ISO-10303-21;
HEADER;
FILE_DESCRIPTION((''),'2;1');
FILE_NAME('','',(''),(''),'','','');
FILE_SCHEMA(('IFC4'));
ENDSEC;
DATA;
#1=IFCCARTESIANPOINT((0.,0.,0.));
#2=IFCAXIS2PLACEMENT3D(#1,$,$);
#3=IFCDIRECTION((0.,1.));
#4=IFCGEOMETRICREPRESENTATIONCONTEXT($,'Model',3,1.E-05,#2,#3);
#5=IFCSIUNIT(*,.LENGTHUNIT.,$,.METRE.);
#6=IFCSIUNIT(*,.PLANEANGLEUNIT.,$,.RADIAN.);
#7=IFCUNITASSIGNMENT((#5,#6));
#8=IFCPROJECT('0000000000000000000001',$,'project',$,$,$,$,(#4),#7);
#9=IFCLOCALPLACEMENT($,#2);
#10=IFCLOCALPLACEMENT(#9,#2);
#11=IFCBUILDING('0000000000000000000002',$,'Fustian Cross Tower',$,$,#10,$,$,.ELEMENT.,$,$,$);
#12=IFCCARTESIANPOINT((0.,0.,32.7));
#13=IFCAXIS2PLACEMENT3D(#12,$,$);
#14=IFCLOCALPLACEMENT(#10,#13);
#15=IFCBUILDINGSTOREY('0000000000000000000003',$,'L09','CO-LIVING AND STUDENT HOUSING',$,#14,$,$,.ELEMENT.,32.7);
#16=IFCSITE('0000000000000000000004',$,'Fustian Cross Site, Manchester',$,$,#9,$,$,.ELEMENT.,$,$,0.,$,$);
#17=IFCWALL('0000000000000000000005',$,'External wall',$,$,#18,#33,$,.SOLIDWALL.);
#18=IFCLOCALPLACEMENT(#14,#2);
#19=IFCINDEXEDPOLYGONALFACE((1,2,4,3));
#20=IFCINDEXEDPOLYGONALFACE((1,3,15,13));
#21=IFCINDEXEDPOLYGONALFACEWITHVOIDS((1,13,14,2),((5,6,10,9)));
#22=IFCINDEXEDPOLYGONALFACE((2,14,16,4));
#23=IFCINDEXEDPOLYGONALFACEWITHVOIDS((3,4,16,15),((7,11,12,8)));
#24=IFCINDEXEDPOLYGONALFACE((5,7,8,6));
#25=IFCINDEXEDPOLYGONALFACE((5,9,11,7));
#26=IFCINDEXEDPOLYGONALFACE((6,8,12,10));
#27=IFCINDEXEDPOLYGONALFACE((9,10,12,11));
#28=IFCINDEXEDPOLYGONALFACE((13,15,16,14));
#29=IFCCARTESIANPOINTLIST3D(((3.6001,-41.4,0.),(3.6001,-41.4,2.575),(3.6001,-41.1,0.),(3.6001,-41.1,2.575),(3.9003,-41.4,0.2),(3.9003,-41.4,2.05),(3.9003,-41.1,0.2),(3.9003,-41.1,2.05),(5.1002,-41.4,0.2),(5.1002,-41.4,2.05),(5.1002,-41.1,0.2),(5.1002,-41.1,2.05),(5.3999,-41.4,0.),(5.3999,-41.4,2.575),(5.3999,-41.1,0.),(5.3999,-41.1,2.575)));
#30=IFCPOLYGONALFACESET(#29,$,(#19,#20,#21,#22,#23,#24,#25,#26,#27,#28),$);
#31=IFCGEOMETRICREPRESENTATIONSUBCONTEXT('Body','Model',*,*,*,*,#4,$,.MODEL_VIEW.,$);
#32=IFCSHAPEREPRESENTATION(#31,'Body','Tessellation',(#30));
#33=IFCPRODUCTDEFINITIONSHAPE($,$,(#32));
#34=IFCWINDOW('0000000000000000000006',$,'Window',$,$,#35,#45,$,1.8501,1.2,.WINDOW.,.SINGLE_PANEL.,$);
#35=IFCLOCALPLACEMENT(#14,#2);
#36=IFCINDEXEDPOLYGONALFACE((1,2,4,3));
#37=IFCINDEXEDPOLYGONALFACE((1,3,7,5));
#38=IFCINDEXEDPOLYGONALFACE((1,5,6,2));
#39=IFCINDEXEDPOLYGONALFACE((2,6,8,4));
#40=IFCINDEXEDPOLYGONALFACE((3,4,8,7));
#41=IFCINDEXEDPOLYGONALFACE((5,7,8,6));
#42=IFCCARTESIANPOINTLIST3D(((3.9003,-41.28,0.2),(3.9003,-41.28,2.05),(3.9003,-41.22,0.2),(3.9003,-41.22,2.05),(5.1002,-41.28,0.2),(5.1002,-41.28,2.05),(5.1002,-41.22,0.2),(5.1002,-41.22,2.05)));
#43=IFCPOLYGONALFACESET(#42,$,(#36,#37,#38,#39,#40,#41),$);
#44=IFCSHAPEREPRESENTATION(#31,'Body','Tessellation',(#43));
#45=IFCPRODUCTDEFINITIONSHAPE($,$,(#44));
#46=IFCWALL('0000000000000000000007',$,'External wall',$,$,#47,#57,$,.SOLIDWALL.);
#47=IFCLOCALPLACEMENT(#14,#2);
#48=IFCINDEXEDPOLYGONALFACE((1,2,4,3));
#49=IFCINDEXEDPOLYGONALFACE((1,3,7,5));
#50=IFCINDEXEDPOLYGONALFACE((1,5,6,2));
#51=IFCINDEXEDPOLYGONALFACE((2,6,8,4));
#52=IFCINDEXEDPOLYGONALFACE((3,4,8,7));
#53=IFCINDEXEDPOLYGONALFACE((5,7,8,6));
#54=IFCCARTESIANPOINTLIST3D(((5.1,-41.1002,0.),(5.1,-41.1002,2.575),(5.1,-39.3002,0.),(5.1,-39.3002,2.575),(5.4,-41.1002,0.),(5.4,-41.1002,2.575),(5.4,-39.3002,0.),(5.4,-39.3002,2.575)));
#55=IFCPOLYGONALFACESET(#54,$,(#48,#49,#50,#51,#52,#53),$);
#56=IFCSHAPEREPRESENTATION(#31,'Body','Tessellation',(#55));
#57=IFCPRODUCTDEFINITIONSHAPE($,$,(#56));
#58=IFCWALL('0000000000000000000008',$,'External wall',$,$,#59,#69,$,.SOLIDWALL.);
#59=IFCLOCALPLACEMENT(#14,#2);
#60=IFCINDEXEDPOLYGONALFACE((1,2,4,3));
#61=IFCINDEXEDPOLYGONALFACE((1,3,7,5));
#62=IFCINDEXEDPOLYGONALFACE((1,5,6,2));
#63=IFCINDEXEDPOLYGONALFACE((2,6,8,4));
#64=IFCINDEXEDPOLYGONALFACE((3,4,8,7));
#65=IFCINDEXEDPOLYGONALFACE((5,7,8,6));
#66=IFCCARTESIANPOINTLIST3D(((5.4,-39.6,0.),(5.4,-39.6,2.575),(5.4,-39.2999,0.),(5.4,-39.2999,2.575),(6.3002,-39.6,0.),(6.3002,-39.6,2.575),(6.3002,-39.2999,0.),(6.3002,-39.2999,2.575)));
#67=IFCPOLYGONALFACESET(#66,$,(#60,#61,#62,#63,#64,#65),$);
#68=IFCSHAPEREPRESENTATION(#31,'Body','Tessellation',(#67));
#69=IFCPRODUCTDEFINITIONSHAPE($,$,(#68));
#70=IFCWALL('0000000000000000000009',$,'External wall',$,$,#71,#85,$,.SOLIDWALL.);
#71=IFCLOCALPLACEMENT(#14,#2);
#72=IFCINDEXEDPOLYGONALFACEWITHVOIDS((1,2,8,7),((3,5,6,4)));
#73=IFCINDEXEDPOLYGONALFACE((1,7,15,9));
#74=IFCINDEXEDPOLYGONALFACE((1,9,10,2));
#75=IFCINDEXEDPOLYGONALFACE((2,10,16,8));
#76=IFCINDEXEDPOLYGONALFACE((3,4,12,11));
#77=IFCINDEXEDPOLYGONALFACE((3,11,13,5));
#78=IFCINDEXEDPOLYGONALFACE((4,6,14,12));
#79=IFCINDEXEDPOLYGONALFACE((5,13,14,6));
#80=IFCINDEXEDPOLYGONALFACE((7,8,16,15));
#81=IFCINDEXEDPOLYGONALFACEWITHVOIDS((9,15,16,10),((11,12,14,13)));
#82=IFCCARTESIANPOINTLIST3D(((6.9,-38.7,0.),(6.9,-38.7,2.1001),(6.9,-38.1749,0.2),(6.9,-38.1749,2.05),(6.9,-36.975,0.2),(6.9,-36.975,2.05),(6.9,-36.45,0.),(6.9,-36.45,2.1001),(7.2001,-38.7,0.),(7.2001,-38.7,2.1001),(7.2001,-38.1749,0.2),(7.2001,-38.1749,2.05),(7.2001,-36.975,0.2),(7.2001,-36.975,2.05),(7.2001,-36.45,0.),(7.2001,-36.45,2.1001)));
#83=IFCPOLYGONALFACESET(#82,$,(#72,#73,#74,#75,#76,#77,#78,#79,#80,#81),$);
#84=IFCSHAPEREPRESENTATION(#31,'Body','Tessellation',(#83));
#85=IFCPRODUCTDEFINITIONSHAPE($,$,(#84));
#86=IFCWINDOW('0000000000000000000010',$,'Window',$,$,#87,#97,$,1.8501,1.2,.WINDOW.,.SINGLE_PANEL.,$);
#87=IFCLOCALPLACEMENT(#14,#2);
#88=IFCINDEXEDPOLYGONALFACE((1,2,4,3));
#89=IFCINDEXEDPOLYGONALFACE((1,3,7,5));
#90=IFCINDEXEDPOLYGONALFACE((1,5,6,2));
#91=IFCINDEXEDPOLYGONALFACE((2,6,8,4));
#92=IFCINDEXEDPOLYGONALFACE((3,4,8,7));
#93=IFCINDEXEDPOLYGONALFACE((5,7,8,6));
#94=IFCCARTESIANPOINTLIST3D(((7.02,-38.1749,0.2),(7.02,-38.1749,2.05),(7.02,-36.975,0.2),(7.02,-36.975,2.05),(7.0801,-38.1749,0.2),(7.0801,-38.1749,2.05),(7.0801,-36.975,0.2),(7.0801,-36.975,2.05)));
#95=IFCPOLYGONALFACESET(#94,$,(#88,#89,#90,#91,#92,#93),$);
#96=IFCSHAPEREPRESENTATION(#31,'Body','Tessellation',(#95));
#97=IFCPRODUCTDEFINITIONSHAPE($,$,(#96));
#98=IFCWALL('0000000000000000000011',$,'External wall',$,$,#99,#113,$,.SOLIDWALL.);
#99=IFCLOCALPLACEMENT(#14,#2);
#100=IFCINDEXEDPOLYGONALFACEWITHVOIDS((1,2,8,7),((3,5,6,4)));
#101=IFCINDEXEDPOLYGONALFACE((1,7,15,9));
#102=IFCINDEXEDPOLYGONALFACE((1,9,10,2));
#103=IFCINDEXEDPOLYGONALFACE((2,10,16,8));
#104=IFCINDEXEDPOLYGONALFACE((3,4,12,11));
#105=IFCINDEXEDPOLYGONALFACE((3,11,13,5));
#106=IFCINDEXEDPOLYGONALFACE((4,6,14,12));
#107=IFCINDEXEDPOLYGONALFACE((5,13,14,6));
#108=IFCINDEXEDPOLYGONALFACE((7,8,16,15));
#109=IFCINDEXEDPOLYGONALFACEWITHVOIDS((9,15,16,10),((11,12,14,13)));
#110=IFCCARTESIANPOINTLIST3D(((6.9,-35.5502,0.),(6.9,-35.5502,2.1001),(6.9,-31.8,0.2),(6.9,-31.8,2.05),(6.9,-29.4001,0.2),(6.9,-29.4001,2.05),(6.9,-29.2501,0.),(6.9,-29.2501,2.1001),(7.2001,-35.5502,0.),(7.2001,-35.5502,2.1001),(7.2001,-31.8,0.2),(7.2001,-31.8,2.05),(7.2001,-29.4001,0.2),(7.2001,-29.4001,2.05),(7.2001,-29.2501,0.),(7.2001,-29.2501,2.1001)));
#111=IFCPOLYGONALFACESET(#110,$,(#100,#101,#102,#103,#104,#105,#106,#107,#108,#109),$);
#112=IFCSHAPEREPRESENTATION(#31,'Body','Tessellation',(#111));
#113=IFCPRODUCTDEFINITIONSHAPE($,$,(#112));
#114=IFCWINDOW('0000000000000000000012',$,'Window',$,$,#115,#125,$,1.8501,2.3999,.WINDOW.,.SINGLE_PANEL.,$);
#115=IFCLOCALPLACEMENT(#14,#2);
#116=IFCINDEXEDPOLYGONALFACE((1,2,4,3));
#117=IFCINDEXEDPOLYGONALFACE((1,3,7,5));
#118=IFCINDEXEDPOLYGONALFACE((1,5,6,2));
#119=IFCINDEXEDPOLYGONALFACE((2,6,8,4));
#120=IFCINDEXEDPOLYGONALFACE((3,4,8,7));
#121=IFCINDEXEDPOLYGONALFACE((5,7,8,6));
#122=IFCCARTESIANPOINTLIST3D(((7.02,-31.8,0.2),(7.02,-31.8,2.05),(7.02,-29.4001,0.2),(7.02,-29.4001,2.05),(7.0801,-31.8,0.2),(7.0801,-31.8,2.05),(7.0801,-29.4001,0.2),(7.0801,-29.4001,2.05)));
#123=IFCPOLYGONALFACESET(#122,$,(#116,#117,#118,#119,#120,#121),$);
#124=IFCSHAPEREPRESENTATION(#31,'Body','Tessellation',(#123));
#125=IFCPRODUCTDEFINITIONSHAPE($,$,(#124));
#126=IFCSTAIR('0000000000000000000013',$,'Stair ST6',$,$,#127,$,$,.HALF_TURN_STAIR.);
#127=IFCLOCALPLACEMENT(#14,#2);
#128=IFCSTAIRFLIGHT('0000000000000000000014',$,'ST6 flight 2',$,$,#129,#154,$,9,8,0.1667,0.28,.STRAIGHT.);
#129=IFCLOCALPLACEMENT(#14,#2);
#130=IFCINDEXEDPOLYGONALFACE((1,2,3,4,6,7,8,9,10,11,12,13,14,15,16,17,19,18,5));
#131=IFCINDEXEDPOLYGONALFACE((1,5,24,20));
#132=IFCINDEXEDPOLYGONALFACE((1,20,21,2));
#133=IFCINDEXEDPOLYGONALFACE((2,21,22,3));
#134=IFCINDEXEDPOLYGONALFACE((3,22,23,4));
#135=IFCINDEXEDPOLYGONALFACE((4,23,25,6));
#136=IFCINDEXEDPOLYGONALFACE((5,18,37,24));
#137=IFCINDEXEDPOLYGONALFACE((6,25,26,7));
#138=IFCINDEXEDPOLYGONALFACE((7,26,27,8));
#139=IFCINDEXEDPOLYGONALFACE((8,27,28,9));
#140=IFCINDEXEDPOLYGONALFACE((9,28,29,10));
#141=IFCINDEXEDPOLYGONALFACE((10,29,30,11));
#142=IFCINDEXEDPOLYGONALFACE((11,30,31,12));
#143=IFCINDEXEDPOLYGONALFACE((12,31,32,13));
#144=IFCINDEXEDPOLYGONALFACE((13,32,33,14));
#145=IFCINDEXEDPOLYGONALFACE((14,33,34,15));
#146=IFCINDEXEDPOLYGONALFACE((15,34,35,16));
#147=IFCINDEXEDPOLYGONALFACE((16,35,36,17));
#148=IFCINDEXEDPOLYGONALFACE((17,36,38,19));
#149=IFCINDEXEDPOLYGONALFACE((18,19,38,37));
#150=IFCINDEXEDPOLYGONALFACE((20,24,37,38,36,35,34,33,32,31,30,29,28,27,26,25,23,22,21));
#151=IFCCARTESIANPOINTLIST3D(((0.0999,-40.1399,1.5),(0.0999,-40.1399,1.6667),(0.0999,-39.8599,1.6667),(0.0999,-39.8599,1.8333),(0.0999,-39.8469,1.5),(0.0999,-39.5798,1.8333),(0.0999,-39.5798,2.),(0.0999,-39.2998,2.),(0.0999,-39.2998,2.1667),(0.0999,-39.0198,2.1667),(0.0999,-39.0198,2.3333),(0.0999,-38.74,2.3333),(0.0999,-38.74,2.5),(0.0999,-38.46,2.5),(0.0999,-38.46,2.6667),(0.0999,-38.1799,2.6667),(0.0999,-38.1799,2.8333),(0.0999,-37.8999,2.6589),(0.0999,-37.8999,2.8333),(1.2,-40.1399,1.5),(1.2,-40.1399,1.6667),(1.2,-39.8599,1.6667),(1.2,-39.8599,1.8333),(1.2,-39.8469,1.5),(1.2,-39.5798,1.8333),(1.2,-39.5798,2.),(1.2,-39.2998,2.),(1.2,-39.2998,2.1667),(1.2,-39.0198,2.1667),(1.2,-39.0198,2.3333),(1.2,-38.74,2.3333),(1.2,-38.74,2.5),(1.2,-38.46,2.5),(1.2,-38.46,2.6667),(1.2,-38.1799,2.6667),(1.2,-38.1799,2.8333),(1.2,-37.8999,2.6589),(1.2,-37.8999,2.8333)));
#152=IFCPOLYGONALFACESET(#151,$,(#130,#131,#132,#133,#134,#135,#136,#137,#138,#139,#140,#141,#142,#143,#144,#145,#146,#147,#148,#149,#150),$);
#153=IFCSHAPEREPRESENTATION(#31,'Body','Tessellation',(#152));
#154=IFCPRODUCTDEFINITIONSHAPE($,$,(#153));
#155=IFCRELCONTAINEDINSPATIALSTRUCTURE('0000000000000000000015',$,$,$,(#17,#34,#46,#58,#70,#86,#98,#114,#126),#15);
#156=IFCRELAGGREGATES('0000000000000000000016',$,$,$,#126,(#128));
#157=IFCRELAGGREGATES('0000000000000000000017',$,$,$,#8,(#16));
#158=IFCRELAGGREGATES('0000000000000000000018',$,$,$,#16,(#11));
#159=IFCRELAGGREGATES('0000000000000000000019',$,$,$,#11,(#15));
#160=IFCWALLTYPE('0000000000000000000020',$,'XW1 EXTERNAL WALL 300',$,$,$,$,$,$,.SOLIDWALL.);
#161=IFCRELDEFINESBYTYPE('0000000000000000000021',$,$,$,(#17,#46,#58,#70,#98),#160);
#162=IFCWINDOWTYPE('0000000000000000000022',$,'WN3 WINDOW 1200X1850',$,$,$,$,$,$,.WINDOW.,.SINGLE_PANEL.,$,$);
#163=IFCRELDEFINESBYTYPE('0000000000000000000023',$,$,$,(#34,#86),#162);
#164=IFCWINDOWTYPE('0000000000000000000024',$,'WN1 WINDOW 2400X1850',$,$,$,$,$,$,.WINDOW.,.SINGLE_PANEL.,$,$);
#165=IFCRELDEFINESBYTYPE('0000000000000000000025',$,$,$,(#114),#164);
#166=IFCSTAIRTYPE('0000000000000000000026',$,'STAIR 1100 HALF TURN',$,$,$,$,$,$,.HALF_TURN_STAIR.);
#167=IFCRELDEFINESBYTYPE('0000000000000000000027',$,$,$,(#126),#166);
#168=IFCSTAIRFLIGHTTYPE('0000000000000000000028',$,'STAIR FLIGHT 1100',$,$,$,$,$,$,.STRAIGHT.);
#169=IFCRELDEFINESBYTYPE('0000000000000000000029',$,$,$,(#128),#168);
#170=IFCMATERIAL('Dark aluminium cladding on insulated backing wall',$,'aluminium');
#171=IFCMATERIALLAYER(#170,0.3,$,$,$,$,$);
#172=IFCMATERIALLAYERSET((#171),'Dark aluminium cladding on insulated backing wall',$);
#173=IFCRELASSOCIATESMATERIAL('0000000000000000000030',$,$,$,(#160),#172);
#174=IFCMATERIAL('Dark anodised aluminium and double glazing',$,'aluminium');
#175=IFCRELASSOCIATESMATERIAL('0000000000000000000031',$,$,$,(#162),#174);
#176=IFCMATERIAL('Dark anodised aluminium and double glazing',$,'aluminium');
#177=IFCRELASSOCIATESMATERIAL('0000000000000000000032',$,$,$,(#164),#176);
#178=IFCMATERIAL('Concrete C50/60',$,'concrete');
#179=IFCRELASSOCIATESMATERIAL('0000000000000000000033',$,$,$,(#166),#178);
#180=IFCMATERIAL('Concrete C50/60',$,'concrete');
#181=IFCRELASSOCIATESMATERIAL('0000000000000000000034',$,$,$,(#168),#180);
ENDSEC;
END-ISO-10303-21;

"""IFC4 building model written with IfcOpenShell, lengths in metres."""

from ifc_helpers import new_model, si_unit, direction, frame, frame_2d, origin, place, context, subcontext, project, spatial, polyline, rectangle, outline, extrude, material, layer, layer_set, type_object, element, fill, aggregate, save


model = new_model("IFC4")

# Units and contexts
model_context = context("Model", 3, precision=1e-05, world=origin(), true_north=direction((0.0, 1.0)))
body_context = subcontext(model_context, "Body", "Model", "MODEL_VIEW")
ifc_project = project(units=[si_unit("LENGTHUNIT", "METRE"), si_unit("PLANEANGLEUNIT", "RADIAN")], contexts=[model_context])

# Site, building, storey
site_placement = place(None, origin())
site = spatial("IfcSite", under=ifc_project, at=site_placement, Name="Fustian Cross Site, Manchester", CompositionType="ELEMENT", RefElevation=0.0)
building_placement = place(site_placement, origin())
building = spatial("IfcBuilding", under=site, at=building_placement, Name="Fustian Cross Tower", CompositionType="ELEMENT")
storey_placement = place(building_placement, frame((0.0, 0.0, 32.7)))
storey = spatial("IfcBuildingStorey", under=building, at=storey_placement, Name="L09", Description="CO-LIVING AND STUDENT HOUSING", CompositionType="ELEMENT", Elevation=32.7)

# Shared definitions
ifc_material_1 = material(Name="Dark aluminium cladding on insulated backing wall", Category="aluminium")
ifc_layer_1 = layer(ifc_material_1, 0.3)
ifc_layer_set_1 = layer_set([ifc_layer_1], Name="Dark aluminium cladding on insulated backing wall")
wall_type_1 = type_object("IfcWallType", Name="XW1 EXTERNAL WALL 300", PredefinedType="SOLIDWALL", material=ifc_layer_set_1)

# Wall, opening, window
wall_1_placement = place(storey_placement, frame((3.6001, -41.25, 0.0), z_axis=(0.0, 0.0, 1.0), x_axis=(1.0, 0.0, 0.0)))
wall_1 = element("IfcWall", 1, at=wall_1_placement, inside=storey, type_object=wall_type_1, Name="External wall", PredefinedType="SOLIDWALL", context=body_context, shape_type="SweptSolid", body=[
    extrude(rectangle(XDim=1.7998, YDim=0.3, at=frame_2d((0.8999, 0.0))), origin(), (0.0, 0.0, 1.0), 2.575),
])
opening_1_placement = place(wall_1_placement, frame((0.3, 0.0, 0.2)))
opening_1 = element("IfcOpeningElement", 2, at=opening_1_placement, cuts=wall_1, PredefinedType="OPENING", context=body_context, shape_type="SweptSolid", body=[
    extrude(rectangle(XDim=1.2, YDim=1.8501, at=frame_2d((0.6001, 0.925))), frame((0.0, 0.1599, 0.0), z_axis=(0.0, -1.0, 0.0), x_axis=(1.0, 0.0, 0.0)), (0.0, 0.0, 1.0), 0.3201),
])
ifc_material_2 = material(Name="Dark anodised aluminium and double glazing", Category="aluminium")
window_type_1 = type_object("IfcWindowType", Name="WN3 WINDOW 1200X1850", PartitioningType="SINGLE_PANEL", PredefinedType="WINDOW", material=ifc_material_2)
window_1_placement = place(opening_1_placement, origin())
window_1 = element("IfcWindow", 3, at=window_1_placement, inside=storey, type_object=window_type_1, Name="Window", OverallHeight=1.8501, OverallWidth=1.2, PartitioningType="SINGLE_PANEL", PredefinedType="WINDOW", context=body_context, shape_type="SweptSolid", body=[
    extrude(rectangle(XDim=1.2, YDim=1.8501, at=frame_2d((0.6001, 0.925))), frame((0.0, 0.03, 0.0), z_axis=(0.0, -1.0, 0.0), x_axis=(1.0, 0.0, 0.0)), (0.0, 0.0, 1.0), 0.0601),
])
fill(opening_1, window_1)

# Walls
wall_2_placement = place(storey_placement, frame((5.25, -41.1001, 0.0), z_axis=(0.0, 0.0, 1.0), x_axis=(0.0, 1.0, 0.0)))
element("IfcWall", 4, at=wall_2_placement, inside=storey, type_object=wall_type_1, Name="External wall", PredefinedType="SOLIDWALL", context=body_context, shape_type="SweptSolid", body=[
    extrude(rectangle(XDim=1.8, YDim=0.3, at=frame_2d((0.8999, 0.0))), origin(), (0.0, 0.0, 1.0), 2.575),
])
wall_3_placement = place(storey_placement, frame((5.3999, -39.45, 0.0), z_axis=(0.0, 0.0, 1.0), x_axis=(1.0, 0.0, 0.0)))
element("IfcWall", 5, at=wall_3_placement, inside=storey, type_object=wall_type_1, Name="External wall", PredefinedType="SOLIDWALL", context=body_context, shape_type="SweptSolid", body=[
    extrude(rectangle(XDim=0.9001, YDim=0.3, at=frame_2d((0.4502, 0.0))), origin(), (0.0, 0.0, 1.0), 2.575),
])

# Walls, openings, windows
wall_4_placement = place(storey_placement, frame((7.05, -38.7, 0.0), z_axis=(0.0, 0.0, 1.0), x_axis=(0.0, 1.0, 0.0)))
wall_4 = element("IfcWall", 6, at=wall_4_placement, inside=storey, type_object=wall_type_1, Name="External wall", PredefinedType="SOLIDWALL", context=body_context, shape_type="SweptSolid", body=[
    extrude(rectangle(XDim=2.25, YDim=0.3, at=frame_2d((1.125, 0.0))), origin(), (0.0, 0.0, 1.0), 2.1001),
])
opening_2_placement = place(wall_4_placement, frame((0.5249, 0.0, 0.2)))
opening_2 = element("IfcOpeningElement", 7, at=opening_2_placement, cuts=wall_4, PredefinedType="OPENING", context=body_context, shape_type="SweptSolid", body=[
    extrude(rectangle(XDim=1.2, YDim=1.8501, at=frame_2d((0.6001, 0.925))), frame((0.0, 0.1599, 0.0), z_axis=(0.0, -1.0, 0.0), x_axis=(1.0, 0.0, 0.0)), (0.0, 0.0, 1.0), 0.3201),
])
window_2_placement = place(opening_2_placement, origin())
window_2 = element("IfcWindow", 8, at=window_2_placement, inside=storey, type_object=window_type_1, Name="Window", OverallHeight=1.8501, OverallWidth=1.2, PartitioningType="SINGLE_PANEL", PredefinedType="WINDOW", context=body_context, shape_type="SweptSolid", body=[
    extrude(rectangle(XDim=1.2, YDim=1.8501, at=frame_2d((0.6001, 0.925))), frame((0.0, 0.03, 0.0), z_axis=(0.0, -1.0, 0.0), x_axis=(1.0, 0.0, 0.0)), (0.0, 0.0, 1.0), 0.0601),
])
fill(opening_2, window_2)
wall_5_placement = place(storey_placement, frame((7.05, -35.55, 0.0), z_axis=(0.0, 0.0, 1.0), x_axis=(0.0, 1.0, 0.0)))
wall_5 = element("IfcWall", 9, at=wall_5_placement, inside=storey, type_object=wall_type_1, Name="External wall", PredefinedType="SOLIDWALL", context=body_context, shape_type="SweptSolid", body=[
    extrude(rectangle(XDim=6.3, YDim=0.3, at=frame_2d((3.1499, 0.0))), origin(), (0.0, 0.0, 1.0), 2.1001),
])
opening_3_placement = place(wall_5_placement, frame((3.75, 0.0, 0.2)))
opening_3 = element("IfcOpeningElement", 10, at=opening_3_placement, cuts=wall_5, PredefinedType="OPENING", context=body_context, shape_type="SweptSolid", body=[
    extrude(rectangle(XDim=2.3999, YDim=1.8501, at=frame_2d((1.2, 0.925))), frame((0.0, 0.1599, 0.0), z_axis=(0.0, -1.0, 0.0), x_axis=(1.0, 0.0, 0.0)), (0.0, 0.0, 1.0), 0.3201),
])
ifc_material_3 = material(Name="Dark anodised aluminium and double glazing", Category="aluminium")
window_type_2 = type_object("IfcWindowType", Name="WN1 WINDOW 2400X1850", PartitioningType="SINGLE_PANEL", PredefinedType="WINDOW", material=ifc_material_3)
window_3_placement = place(opening_3_placement, origin())
window_3 = element("IfcWindow", 11, at=window_3_placement, inside=storey, type_object=window_type_2, Name="Window", OverallHeight=1.8501, OverallWidth=2.3999, PartitioningType="SINGLE_PANEL", PredefinedType="WINDOW", context=body_context, shape_type="SweptSolid", body=[
    extrude(rectangle(XDim=2.3999, YDim=1.8501, at=frame_2d((1.2, 0.925))), frame((0.0, 0.03, 0.0), z_axis=(0.0, -1.0, 0.0), x_axis=(1.0, 0.0, 0.0)), (0.0, 0.0, 1.0), 0.0601),
])
fill(opening_3, window_3)

# Stair, stair flight
ifc_material_4 = material(Name="Concrete C50/60", Category="concrete")
stair_type = type_object("IfcStairType", Name="STAIR 1100 HALF TURN", PredefinedType="HALF_TURN_STAIR", material=ifc_material_4)
stair_placement = place(storey_placement, origin())
stair = element("IfcStair", 12, at=stair_placement, inside=storey, type_object=stair_type, Name="Stair ST6", PredefinedType="HALF_TURN_STAIR")
ifc_material_5 = material(Name="Concrete C50/60", Category="concrete")
stair_flight_type = type_object("IfcStairFlightType", Name="STAIR FLIGHT 1100", PredefinedType="STRAIGHT", material=ifc_material_5)
stair_flight_placement = place(storey_placement, frame((0.6499, -40.1399, 1.5), z_axis=(0.0, 0.0, 1.0), x_axis=(0.0, 1.0, 0.0)))
stair_flight = element("IfcStairFlight", 13, at=stair_flight_placement, type_object=stair_flight_type, Name="ST6 flight 2", NumberOfRisers=9, NumberOfTreads=8, PredefinedType="STRAIGHT", RiserHeight=0.1667, TreadLength=0.28, context=body_context, shape_type="SweptSolid", body=[
    extrude(outline(polyline([(0.0, 0.0), (0.0, 0.1667), (0.28, 0.1667), (0.28, 0.3333), (0.5601, 0.3333), (0.5601, 0.5), (0.8401, 0.5), (0.8401, 0.6667), (1.1201, 0.6667), (1.1201, 0.8333), (1.3999, 0.8333), (1.3999, 1.0), (1.6799, 1.0), (1.6799, 1.1667), (1.96, 1.1667), (1.96, 1.3333), (2.24, 1.3333), (2.24, 1.5), (2.24, 1.1589), (0.293, 0.0), (0.0, 0.0)])), frame((0.0, 0.55, 0.0), z_axis=(0.0, -1.0, 0.0), x_axis=(1.0, 0.0, 0.0)), (0.0, 0.0, 1.0), 1.1001),
])
aggregate(stair, [stair_flight])

save(model, "model.ifc")
